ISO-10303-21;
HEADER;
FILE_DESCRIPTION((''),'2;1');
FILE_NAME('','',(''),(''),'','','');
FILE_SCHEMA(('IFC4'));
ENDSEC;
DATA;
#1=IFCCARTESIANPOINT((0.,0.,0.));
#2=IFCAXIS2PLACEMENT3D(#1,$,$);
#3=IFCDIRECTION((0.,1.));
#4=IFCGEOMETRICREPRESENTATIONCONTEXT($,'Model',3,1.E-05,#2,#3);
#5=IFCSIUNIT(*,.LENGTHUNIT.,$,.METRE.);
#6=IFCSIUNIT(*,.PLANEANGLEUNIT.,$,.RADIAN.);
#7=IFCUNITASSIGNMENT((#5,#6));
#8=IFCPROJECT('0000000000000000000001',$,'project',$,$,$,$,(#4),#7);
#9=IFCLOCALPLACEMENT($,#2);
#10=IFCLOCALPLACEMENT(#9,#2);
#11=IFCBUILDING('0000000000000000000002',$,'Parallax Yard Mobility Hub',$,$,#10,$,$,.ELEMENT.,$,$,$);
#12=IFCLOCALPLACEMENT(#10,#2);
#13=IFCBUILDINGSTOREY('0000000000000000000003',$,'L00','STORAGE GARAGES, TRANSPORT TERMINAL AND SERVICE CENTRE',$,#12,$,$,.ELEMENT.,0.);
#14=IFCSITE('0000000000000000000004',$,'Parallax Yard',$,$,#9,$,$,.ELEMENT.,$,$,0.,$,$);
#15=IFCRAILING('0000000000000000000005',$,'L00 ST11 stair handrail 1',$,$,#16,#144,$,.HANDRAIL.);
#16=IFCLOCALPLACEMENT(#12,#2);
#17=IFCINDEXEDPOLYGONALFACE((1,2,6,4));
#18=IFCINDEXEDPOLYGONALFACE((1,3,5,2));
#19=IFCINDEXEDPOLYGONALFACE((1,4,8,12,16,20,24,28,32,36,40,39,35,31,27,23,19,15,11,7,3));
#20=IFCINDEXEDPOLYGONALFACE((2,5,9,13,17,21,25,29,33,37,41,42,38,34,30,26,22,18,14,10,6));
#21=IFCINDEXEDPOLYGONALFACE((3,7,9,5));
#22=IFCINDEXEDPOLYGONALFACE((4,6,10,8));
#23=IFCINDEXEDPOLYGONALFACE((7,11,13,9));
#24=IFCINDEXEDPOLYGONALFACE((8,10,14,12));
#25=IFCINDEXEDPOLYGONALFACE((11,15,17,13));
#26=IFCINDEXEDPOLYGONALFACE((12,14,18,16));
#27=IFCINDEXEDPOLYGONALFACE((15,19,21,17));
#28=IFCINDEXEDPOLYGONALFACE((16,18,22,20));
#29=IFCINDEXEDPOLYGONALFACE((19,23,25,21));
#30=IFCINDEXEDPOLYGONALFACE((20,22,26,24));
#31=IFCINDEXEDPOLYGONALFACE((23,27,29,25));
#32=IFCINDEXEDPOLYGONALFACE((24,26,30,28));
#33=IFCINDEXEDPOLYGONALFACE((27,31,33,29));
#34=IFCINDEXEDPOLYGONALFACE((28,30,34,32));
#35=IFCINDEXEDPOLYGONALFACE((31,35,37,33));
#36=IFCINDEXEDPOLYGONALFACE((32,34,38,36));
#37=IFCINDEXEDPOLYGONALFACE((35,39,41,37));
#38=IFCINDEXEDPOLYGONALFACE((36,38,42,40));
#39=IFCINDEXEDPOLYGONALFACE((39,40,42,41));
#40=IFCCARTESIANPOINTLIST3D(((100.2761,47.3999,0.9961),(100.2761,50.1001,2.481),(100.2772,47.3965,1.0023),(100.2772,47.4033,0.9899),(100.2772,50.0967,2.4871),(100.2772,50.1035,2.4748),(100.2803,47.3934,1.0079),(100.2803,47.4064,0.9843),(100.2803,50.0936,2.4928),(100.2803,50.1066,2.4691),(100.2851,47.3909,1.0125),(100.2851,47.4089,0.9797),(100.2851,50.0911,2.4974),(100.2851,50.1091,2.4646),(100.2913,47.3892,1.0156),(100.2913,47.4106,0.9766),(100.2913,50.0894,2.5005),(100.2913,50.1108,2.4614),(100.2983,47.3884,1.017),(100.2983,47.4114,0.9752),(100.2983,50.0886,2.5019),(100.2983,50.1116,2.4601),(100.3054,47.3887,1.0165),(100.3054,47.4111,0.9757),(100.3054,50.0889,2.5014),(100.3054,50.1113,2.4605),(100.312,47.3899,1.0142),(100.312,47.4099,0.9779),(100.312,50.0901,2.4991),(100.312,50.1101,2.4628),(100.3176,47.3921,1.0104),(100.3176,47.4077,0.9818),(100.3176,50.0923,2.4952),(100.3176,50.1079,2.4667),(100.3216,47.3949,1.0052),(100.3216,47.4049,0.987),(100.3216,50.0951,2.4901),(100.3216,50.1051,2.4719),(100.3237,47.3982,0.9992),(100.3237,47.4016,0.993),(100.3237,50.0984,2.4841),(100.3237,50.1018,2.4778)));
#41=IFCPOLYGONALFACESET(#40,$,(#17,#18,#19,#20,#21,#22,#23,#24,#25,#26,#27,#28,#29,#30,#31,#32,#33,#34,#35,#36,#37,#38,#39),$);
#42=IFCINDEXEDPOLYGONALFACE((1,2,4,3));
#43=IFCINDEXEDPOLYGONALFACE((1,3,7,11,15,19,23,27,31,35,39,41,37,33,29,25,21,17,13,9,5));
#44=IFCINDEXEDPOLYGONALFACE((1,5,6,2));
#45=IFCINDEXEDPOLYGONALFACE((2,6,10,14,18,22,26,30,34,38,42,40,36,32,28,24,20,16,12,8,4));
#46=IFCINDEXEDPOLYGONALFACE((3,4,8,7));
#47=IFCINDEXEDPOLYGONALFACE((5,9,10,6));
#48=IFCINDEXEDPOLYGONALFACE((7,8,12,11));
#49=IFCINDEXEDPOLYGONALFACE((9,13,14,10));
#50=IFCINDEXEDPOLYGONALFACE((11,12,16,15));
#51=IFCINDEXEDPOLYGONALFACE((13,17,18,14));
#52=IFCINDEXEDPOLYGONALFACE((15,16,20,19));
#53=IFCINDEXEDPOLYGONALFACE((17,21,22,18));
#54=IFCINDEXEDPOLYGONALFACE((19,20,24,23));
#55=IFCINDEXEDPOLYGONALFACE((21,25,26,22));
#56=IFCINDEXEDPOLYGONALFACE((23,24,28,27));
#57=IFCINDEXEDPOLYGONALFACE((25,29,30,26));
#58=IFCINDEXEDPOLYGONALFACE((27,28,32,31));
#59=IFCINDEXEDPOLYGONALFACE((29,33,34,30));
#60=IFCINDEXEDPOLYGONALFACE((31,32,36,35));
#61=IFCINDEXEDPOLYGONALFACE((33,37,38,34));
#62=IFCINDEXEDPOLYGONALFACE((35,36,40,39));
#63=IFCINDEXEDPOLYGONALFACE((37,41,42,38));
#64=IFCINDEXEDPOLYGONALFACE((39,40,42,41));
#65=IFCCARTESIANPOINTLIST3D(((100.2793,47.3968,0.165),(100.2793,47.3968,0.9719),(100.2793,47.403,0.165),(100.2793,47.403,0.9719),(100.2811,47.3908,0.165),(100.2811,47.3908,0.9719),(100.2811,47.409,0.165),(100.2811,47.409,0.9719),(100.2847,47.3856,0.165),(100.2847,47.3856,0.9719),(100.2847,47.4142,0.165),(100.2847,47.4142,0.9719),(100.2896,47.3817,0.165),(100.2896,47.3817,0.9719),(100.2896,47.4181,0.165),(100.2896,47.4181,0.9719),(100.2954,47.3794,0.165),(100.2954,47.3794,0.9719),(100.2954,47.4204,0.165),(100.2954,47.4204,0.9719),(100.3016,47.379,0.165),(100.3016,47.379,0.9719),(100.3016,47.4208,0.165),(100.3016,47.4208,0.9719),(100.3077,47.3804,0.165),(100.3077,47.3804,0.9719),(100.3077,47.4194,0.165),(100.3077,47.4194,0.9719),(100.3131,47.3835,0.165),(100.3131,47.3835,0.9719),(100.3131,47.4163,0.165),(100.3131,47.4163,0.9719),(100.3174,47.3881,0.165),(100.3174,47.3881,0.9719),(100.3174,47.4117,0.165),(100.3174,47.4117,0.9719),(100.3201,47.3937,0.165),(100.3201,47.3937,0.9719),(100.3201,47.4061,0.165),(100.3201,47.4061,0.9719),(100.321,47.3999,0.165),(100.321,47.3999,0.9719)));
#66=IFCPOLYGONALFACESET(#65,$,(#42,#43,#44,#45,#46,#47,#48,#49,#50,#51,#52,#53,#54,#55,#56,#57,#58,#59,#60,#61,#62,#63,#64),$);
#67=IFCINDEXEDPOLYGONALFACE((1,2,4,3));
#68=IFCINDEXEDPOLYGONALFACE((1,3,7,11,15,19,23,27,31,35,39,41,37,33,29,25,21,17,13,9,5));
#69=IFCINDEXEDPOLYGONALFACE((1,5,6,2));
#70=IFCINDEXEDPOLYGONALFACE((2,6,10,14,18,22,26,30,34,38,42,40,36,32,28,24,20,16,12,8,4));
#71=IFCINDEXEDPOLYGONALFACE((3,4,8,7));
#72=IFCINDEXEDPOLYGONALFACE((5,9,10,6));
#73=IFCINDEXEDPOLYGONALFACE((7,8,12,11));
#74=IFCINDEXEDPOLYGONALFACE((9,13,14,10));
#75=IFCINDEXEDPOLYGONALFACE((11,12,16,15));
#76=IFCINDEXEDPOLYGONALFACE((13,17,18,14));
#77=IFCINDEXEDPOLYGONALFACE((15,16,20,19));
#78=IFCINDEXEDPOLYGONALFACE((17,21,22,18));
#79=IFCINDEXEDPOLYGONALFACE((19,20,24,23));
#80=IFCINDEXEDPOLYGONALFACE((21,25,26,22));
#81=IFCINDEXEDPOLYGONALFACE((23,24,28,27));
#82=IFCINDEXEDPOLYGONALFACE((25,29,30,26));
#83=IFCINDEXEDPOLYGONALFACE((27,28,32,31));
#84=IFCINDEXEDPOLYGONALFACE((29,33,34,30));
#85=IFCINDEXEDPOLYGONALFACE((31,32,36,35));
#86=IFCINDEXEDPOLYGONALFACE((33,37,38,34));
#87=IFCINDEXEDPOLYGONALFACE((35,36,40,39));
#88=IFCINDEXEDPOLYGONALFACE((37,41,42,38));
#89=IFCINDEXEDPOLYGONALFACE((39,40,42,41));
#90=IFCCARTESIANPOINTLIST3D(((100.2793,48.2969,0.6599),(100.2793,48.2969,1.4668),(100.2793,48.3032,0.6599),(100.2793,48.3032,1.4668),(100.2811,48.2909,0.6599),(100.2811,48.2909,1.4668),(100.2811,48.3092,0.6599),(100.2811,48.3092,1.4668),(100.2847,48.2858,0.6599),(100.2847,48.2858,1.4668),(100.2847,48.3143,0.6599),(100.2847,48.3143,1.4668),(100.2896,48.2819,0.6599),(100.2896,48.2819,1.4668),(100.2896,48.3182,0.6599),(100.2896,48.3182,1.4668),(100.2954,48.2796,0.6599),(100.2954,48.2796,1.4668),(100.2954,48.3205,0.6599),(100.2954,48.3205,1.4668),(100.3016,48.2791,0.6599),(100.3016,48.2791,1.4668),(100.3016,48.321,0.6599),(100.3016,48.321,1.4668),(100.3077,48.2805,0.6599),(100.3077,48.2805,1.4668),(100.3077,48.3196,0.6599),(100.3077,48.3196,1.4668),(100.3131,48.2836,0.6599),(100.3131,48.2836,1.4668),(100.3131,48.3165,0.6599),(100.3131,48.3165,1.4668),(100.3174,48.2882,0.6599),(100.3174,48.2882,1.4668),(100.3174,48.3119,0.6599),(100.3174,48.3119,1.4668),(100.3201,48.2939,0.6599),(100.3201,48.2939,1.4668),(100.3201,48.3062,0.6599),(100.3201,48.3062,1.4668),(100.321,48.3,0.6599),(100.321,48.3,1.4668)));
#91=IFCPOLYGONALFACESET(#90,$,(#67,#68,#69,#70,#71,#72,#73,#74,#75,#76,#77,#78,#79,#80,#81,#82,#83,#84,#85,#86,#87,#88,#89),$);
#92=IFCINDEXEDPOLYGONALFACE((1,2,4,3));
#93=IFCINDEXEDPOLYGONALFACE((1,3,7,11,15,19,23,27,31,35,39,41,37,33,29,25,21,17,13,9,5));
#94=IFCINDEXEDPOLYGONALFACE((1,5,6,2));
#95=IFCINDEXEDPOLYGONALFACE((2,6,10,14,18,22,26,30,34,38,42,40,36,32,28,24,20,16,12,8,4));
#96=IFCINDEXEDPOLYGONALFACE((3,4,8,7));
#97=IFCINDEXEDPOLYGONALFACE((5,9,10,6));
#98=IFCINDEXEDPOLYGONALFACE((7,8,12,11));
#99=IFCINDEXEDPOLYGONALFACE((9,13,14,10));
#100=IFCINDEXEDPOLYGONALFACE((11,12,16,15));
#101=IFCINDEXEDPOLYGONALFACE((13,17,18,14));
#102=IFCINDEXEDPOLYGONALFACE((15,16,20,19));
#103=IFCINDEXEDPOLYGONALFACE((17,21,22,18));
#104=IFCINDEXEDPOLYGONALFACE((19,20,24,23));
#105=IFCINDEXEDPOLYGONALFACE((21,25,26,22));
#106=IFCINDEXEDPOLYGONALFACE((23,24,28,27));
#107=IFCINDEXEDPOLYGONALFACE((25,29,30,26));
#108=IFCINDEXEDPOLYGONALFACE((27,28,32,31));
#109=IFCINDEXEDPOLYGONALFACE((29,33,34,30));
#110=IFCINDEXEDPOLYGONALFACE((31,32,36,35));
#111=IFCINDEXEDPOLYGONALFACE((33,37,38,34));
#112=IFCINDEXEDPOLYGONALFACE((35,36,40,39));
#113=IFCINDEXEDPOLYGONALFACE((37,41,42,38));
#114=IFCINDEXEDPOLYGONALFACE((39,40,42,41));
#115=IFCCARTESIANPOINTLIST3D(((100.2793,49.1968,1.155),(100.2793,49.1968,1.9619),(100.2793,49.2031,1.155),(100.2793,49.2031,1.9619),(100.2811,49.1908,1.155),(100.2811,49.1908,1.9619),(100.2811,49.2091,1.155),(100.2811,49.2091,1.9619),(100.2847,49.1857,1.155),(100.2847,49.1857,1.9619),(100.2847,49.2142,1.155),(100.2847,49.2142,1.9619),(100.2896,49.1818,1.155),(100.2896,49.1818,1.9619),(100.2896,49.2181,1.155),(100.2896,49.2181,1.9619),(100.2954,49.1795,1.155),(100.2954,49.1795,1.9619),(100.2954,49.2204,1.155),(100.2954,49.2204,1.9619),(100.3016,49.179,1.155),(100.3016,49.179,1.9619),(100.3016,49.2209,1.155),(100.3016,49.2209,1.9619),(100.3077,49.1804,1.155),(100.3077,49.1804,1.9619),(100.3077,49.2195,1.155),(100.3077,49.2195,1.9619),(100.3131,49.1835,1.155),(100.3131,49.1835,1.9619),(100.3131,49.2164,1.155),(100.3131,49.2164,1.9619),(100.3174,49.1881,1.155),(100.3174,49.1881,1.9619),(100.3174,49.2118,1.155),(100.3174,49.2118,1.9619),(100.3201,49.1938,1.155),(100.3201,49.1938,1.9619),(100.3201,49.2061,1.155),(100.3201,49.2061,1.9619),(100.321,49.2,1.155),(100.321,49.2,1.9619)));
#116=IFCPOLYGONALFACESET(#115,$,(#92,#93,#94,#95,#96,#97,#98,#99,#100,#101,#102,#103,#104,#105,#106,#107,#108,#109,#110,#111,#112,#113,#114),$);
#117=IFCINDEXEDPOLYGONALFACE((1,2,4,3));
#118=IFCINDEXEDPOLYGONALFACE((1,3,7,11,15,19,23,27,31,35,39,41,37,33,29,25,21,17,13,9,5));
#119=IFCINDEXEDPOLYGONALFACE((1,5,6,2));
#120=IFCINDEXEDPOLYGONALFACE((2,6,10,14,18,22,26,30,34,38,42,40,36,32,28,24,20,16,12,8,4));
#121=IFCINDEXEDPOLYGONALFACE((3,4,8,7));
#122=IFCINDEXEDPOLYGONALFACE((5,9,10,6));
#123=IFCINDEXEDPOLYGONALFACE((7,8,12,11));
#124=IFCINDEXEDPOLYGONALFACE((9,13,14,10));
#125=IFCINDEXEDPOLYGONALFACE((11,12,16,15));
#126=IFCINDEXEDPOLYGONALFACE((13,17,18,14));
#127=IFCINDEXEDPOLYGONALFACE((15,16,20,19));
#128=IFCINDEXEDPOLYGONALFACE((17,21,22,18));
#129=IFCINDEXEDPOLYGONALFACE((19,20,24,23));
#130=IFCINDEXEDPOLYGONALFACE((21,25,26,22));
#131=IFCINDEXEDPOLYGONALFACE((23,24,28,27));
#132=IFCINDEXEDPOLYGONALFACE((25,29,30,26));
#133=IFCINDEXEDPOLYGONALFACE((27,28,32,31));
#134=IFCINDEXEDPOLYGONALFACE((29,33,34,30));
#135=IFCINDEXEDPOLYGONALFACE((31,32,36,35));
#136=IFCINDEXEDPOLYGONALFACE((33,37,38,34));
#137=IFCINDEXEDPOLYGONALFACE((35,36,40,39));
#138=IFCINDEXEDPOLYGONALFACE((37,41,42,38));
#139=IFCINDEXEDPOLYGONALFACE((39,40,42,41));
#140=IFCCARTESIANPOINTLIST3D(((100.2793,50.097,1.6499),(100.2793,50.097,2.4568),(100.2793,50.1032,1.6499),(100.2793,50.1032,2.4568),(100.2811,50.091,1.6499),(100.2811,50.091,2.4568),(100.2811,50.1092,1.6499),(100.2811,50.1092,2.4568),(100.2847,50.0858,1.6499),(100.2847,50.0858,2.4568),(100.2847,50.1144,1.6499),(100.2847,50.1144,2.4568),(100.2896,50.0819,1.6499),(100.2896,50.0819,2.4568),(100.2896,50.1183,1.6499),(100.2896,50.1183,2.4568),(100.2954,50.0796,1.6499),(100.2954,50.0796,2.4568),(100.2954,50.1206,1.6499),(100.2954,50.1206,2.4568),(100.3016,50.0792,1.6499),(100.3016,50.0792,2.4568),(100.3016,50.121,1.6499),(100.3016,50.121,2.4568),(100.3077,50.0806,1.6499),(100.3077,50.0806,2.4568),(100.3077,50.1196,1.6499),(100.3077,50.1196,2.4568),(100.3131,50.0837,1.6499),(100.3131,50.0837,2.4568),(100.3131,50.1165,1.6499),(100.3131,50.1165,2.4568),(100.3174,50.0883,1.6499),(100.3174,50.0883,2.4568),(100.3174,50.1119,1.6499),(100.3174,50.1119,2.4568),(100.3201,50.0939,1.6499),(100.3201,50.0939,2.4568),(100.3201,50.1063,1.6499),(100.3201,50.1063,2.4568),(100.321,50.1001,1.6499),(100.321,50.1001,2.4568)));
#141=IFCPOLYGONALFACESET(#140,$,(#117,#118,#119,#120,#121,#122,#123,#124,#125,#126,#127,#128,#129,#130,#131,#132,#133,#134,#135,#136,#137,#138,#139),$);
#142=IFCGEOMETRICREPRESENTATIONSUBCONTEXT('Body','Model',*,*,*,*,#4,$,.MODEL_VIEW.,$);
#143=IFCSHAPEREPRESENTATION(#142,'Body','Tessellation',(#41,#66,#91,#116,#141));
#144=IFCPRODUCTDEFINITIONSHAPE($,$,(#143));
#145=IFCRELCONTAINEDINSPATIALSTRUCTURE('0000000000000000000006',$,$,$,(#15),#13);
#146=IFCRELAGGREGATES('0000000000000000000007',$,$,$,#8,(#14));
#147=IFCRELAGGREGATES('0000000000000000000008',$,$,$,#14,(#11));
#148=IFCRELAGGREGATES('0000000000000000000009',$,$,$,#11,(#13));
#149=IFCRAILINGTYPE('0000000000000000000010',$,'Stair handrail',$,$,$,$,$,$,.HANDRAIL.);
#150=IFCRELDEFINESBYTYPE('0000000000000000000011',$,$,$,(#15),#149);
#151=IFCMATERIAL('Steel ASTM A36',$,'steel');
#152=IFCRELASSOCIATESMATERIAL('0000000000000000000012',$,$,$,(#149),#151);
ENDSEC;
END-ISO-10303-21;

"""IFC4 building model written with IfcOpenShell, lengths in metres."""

from ifc_helpers import new_model, si_unit, direction, frame, origin, origin_2d, place, context, subcontext, project, spatial, circle, extrude, material, type_object, element, save


model = new_model("IFC4")

# Units and contexts
model_context = context("Model", 3, precision=1e-05, world=origin(), true_north=direction((0.0, 1.0)))
body_context = subcontext(model_context, "Body", "Model", "MODEL_VIEW")
ifc_project = project(units=[si_unit("LENGTHUNIT", "METRE"), si_unit("PLANEANGLEUNIT", "RADIAN")], contexts=[model_context])

# Site, building, storey
site_placement = place(None, origin())
site = spatial("IfcSite", under=ifc_project, at=site_placement, Name="Parallax Yard", CompositionType="ELEMENT", RefElevation=0.0)
building_placement = place(site_placement, origin())
building = spatial("IfcBuilding", under=site, at=building_placement, Name="Parallax Yard Mobility Hub", CompositionType="ELEMENT")
storey_placement = place(building_placement, origin())
storey = spatial("IfcBuildingStorey", under=building, at=storey_placement, Name="L00", Description="STORAGE GARAGES, TRANSPORT TERMINAL AND SERVICE CENTRE", CompositionType="ELEMENT", Elevation=0.0)

# Railing
ifc_material_1 = material(Name="Steel ASTM A36", Category="steel")
railing_type_1 = type_object("IfcRailingType", Name="Stair handrail", PredefinedType="HANDRAIL", material=ifc_material_1)
railing_1_placement = place(storey_placement, frame((100.3, 47.3999, 0.165)))
element("IfcRailing", 1, at=railing_1_placement, inside=storey, type_object=railing_type_1, Name="L00 ST11 stair handrail 1", PredefinedType="HANDRAIL", context=body_context, shape_type="SweptSolid", body=[
    extrude(circle(Radius=0.0239, at=origin_2d()), frame((0.0, 0.0, 0.8311), z_axis=(0.0, 0.876249, 0.481858), x_axis=(-1.0, 0.0, 0.0)), (0.0, 0.0, 1.0), 3.0815),
    extrude(circle(Radius=0.021, at=origin_2d()), origin(), (0.0, 0.0, 1.0), 0.8069),
    extrude(circle(Radius=0.021, at=origin_2d()), frame((0.0, 0.9001, 0.4949)), (0.0, 0.0, 1.0), 0.8069),
    extrude(circle(Radius=0.021, at=origin_2d()), frame((0.0, 1.8, 0.99)), (0.0, 0.0, 1.0), 0.8069),
    extrude(circle(Radius=0.021, at=origin_2d()), frame((0.0, 2.7002, 1.4849)), (0.0, 0.0, 1.0), 0.8069),
])

save(model, "model.ifc")
